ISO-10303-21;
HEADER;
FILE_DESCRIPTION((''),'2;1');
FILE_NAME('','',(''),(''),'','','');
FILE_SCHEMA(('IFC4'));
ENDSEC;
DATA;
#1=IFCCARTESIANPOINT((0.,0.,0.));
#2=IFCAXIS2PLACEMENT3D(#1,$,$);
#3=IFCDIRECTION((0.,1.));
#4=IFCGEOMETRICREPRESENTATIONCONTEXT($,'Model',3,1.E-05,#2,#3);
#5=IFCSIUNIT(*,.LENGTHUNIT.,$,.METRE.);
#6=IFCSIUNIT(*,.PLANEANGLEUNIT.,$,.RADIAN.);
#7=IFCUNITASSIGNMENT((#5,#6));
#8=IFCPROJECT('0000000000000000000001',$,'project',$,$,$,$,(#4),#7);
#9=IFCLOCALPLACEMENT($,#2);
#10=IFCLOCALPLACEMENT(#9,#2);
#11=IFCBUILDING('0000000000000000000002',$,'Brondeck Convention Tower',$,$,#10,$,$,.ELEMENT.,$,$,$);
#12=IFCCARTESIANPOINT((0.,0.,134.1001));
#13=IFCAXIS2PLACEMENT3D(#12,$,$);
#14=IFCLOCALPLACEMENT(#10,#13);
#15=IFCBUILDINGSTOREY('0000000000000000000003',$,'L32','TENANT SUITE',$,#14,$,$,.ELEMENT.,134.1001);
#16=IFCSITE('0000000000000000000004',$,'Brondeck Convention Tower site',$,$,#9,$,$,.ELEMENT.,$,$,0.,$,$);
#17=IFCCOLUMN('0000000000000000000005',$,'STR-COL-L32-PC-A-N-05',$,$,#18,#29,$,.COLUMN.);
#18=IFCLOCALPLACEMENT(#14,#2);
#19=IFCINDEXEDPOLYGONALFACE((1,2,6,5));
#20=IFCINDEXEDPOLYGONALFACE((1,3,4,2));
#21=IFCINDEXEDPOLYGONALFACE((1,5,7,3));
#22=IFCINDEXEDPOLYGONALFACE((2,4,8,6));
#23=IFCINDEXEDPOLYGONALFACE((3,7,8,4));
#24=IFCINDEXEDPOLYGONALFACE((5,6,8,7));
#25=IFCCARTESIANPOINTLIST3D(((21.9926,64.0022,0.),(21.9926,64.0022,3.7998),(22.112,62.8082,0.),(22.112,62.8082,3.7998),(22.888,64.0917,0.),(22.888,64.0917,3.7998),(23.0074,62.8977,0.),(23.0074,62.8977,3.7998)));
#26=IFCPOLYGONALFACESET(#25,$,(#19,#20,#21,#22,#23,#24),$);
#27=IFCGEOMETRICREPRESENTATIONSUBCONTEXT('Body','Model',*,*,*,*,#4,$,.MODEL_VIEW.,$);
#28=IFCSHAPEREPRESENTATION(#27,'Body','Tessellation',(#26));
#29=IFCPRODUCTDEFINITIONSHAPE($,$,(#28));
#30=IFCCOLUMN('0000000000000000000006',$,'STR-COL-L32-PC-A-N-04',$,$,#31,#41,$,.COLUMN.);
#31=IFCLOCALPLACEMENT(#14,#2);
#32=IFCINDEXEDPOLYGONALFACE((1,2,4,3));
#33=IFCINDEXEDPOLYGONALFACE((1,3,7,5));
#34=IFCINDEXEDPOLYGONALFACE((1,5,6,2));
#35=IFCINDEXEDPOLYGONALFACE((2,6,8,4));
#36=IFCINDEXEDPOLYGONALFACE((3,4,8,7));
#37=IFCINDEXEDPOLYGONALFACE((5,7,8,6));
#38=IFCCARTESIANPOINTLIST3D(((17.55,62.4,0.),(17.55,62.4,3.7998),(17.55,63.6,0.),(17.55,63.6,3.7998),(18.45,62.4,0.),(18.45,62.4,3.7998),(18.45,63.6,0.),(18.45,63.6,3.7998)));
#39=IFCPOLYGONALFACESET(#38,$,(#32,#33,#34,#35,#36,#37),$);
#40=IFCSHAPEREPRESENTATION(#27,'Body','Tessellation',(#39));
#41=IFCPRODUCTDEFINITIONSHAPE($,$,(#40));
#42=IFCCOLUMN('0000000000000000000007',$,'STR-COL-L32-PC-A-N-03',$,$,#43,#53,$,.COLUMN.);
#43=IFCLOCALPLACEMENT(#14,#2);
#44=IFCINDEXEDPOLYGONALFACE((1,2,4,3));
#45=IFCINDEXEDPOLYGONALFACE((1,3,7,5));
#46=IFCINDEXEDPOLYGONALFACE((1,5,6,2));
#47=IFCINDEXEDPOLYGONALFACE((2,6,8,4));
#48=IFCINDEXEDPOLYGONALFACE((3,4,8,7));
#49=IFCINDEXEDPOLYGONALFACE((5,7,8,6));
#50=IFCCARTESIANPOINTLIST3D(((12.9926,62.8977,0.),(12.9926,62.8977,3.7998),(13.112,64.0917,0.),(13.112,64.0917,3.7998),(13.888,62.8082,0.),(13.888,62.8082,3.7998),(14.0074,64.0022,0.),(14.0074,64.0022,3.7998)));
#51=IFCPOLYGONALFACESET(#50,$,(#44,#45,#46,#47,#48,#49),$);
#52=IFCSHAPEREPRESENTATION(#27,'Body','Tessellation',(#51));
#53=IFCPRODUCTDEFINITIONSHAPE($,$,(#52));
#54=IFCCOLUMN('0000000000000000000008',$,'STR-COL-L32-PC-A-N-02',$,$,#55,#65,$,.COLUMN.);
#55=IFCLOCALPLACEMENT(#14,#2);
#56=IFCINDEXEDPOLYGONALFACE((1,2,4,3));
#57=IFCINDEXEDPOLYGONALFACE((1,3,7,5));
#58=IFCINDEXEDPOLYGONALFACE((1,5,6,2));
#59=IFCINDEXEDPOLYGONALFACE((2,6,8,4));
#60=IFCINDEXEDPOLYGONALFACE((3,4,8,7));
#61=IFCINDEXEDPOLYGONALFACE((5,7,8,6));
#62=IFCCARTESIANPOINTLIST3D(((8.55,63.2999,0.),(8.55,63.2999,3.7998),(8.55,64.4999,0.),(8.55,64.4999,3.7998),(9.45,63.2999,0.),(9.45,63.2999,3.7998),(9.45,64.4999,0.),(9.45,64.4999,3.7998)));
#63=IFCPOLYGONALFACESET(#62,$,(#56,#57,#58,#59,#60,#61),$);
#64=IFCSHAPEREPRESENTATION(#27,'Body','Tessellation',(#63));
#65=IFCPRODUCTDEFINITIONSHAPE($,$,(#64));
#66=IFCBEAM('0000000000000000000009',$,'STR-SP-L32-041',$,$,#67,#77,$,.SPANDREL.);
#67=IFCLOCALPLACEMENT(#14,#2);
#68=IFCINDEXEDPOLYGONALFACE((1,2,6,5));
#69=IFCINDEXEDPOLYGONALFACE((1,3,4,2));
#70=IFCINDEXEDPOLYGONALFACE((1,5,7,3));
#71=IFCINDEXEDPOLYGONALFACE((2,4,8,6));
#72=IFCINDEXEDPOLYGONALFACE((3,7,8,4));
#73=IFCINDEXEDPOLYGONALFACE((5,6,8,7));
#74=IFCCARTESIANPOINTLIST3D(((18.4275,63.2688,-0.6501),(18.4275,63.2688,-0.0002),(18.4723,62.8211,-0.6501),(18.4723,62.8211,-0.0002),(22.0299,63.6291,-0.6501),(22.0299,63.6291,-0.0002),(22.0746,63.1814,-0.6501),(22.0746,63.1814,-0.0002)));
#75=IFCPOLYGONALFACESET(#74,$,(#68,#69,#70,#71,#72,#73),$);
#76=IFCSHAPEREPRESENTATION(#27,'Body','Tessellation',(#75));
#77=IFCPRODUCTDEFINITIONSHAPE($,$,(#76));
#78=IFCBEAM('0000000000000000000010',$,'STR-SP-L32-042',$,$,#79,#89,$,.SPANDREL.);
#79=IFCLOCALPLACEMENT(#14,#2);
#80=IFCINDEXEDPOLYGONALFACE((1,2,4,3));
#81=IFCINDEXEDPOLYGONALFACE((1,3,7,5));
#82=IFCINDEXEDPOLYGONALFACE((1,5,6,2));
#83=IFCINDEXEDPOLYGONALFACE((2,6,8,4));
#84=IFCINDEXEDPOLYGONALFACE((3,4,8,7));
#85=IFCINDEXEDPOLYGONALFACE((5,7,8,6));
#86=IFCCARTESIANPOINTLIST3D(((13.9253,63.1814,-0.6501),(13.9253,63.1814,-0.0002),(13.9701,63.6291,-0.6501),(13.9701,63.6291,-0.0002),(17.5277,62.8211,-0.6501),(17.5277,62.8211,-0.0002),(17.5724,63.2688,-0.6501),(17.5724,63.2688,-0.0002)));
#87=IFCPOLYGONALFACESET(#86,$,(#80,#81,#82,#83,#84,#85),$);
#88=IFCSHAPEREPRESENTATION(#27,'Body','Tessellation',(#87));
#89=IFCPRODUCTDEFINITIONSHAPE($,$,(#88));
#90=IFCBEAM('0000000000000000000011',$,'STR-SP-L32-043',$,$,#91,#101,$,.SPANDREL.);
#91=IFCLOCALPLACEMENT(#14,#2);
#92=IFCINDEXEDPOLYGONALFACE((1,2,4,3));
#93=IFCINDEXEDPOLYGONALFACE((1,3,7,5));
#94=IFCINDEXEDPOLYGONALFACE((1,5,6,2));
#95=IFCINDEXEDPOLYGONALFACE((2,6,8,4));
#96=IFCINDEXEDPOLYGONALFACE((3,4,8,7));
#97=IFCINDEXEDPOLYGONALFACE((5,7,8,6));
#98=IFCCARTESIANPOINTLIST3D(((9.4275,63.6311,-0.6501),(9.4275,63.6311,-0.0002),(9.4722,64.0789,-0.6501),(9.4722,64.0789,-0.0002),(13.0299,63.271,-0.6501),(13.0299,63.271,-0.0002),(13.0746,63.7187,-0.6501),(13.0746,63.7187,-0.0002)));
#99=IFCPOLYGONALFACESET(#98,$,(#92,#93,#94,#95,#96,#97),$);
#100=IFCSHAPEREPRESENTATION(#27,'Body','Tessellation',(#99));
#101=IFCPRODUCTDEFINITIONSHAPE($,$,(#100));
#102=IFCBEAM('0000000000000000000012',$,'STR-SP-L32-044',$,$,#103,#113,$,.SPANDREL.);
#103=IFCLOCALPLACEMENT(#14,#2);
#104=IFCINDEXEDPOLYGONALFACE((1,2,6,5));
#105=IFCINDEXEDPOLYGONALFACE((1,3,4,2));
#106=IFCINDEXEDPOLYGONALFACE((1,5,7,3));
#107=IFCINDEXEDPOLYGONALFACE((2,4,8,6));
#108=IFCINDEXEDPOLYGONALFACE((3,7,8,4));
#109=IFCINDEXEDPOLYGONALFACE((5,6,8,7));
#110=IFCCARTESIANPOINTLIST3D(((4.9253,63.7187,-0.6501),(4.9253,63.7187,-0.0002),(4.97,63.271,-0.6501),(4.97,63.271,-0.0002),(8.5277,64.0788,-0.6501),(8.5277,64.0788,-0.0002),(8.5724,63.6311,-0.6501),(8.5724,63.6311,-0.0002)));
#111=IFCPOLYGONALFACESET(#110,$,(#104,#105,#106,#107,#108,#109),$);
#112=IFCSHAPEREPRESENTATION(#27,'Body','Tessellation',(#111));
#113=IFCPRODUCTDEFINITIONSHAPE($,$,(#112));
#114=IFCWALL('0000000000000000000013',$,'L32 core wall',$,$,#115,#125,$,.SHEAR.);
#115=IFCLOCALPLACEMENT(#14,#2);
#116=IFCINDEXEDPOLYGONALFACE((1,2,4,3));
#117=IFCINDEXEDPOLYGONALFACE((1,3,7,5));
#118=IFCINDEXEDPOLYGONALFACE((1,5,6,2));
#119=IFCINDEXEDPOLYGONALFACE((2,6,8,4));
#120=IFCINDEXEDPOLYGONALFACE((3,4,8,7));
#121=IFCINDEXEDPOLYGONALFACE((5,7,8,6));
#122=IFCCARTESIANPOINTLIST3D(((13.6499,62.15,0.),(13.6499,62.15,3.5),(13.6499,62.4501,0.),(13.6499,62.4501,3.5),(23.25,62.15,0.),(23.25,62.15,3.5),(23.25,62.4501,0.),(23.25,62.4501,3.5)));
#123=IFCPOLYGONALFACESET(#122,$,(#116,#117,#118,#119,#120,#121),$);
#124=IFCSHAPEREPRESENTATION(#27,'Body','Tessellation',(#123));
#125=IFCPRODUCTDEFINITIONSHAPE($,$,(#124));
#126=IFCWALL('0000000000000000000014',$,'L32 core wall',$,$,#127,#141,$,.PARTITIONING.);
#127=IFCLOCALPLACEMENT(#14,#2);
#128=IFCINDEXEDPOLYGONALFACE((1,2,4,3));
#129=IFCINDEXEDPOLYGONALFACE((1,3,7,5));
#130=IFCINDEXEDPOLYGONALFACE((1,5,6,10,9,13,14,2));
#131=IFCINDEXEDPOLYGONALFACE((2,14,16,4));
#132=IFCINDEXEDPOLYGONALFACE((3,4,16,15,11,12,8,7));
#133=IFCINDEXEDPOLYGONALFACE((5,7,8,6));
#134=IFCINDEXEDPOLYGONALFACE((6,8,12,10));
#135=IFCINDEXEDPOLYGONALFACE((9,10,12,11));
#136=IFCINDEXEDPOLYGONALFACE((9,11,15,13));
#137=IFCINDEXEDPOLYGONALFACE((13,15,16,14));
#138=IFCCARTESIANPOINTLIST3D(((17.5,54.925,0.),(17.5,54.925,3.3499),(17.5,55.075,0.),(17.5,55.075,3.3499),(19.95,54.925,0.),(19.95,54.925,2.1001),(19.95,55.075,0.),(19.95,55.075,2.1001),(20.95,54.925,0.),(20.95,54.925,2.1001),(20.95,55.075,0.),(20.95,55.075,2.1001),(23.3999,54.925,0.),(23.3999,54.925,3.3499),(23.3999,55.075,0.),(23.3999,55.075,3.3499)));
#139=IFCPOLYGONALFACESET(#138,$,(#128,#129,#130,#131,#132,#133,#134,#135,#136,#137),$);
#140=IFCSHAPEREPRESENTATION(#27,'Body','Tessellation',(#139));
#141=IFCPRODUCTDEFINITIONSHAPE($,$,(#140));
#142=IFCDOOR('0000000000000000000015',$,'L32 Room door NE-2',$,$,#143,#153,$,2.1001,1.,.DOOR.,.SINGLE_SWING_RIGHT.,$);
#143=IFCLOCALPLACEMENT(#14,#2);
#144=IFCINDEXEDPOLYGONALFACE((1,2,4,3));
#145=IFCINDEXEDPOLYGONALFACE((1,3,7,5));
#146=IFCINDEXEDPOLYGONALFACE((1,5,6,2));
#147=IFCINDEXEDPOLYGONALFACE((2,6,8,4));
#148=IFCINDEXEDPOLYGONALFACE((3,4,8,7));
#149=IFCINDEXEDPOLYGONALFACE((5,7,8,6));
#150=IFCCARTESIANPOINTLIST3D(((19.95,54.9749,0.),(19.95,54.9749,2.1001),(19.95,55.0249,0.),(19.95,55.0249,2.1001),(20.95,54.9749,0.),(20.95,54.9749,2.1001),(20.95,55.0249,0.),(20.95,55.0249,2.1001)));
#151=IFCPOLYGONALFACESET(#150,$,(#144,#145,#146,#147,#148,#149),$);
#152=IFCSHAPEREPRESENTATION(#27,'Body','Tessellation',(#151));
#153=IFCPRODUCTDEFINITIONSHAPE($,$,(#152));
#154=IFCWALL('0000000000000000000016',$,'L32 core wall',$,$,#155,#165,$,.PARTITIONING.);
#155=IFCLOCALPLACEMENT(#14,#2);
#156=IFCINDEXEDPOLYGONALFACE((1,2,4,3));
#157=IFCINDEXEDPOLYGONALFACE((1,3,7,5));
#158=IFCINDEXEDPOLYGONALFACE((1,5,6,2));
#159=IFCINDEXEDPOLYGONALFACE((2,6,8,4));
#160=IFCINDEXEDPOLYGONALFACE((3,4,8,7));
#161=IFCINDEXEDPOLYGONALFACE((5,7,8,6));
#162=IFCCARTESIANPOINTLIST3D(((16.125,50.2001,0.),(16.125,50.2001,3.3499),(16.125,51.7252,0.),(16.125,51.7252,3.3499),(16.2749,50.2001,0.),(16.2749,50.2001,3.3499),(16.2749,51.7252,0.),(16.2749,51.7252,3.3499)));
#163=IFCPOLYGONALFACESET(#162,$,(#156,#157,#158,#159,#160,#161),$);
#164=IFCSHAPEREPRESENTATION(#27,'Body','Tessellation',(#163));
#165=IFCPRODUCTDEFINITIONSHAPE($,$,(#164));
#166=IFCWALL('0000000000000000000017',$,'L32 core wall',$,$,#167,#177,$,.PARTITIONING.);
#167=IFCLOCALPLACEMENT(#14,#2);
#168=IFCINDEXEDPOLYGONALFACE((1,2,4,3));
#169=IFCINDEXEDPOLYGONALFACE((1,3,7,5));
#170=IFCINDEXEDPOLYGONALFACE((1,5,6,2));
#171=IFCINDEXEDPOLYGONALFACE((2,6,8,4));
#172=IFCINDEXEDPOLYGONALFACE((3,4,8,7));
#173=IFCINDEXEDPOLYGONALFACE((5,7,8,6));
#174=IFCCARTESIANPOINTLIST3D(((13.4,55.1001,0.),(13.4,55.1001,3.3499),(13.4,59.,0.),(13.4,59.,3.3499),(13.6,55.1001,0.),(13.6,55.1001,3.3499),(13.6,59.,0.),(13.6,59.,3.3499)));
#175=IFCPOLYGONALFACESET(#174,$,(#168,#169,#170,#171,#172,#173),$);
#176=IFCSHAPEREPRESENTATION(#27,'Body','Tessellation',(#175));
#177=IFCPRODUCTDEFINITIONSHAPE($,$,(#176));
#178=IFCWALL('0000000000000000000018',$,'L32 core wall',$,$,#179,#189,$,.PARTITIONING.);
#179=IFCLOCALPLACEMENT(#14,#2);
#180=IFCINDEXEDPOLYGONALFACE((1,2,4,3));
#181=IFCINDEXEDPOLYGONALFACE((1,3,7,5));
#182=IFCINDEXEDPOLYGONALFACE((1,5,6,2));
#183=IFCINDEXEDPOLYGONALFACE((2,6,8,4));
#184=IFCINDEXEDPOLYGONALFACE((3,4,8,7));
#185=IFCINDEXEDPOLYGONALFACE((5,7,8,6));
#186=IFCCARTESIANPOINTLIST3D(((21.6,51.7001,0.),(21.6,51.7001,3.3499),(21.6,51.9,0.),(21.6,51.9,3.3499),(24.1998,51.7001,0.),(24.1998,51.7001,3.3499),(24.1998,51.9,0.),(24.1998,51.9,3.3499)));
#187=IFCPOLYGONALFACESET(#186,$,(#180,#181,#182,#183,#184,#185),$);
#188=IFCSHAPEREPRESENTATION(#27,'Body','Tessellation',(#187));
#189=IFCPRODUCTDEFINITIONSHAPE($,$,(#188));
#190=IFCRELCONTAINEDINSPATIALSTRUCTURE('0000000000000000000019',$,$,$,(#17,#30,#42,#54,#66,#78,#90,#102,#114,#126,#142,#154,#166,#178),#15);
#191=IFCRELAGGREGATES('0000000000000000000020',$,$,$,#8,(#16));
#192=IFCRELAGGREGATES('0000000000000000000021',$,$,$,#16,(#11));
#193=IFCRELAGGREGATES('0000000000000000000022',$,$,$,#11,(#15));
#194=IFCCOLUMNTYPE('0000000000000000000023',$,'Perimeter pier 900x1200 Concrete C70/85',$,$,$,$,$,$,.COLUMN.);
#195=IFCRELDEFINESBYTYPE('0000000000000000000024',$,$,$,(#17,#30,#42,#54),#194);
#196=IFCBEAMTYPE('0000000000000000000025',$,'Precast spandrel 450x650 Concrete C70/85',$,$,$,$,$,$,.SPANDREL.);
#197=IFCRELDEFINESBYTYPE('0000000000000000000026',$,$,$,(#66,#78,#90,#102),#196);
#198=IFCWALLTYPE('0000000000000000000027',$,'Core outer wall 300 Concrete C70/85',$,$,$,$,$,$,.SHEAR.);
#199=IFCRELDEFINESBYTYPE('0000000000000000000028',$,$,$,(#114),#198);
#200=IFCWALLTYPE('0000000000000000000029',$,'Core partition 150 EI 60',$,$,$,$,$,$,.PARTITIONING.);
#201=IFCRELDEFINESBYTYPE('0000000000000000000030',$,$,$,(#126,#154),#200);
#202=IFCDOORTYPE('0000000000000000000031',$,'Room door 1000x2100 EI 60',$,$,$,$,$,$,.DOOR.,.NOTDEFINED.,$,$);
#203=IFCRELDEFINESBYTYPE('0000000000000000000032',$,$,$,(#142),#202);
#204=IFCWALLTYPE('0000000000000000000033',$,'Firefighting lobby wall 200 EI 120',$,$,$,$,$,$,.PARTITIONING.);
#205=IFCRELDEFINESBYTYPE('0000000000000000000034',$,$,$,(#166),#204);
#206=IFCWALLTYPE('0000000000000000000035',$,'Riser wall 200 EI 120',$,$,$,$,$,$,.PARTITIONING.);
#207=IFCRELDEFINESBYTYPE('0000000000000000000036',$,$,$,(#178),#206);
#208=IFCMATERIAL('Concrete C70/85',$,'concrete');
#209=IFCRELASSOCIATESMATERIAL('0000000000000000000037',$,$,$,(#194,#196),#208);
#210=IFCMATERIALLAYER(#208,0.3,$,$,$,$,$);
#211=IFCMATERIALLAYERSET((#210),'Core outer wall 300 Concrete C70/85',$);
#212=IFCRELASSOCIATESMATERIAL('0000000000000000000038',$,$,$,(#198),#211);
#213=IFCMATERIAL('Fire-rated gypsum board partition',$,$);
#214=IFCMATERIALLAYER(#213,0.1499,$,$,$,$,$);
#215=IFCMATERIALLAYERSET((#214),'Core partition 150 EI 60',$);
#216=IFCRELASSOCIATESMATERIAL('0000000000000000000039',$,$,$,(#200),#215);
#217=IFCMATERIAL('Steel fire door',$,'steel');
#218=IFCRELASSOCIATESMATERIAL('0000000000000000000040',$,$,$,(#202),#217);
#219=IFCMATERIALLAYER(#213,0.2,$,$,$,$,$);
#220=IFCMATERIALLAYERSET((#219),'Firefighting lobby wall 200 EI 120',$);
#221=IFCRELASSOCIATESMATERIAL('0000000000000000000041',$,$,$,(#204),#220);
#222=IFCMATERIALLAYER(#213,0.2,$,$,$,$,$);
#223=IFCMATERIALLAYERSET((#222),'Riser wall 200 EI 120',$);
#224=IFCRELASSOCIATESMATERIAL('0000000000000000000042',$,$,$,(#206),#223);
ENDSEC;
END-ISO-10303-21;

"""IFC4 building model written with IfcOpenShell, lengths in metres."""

from ifc_helpers import new_model, si_unit, direction, frame, frame_2d, origin, origin_2d, place, context, subcontext, project, spatial, rectangle, extrude, material, layer, layer_set, material_profile, profile_set, type_object, element, fill, save


model = new_model("IFC4")

# Units and contexts
model_context = context("Model", 3, precision=1e-05, world=origin(), true_north=direction((0.0, 1.0)))
body_context = subcontext(model_context, "Body", "Model", "MODEL_VIEW")
ifc_project = project(units=[si_unit("LENGTHUNIT", "METRE"), si_unit("PLANEANGLEUNIT", "RADIAN")], contexts=[model_context])

# Site, building, storey
site_placement = place(None, origin())
site = spatial("IfcSite", under=ifc_project, at=site_placement, Name="Brondeck Convention Tower site", CompositionType="ELEMENT", RefElevation=0.0)
building_placement = place(site_placement, origin())
building = spatial("IfcBuilding", under=site, at=building_placement, Name="Brondeck Convention Tower", CompositionType="ELEMENT")
storey_placement = place(building_placement, frame((0.0, 0.0, 134.1001)))
storey = spatial("IfcBuildingStorey", under=building, at=storey_placement, Name="L32", Description="TENANT SUITE", CompositionType="ELEMENT", Elevation=134.1001)

# Columns
ifc_material_1 = material(Name="Concrete C70/85", Category="concrete")
ifc_material_profile_1 = material_profile(ifc_material_1, rectangle(XDim=0.8999, YDim=1.2, at=origin_2d()), Name="Perimeter pier 900x1200 Concrete C70/85")
ifc_profile_set_1 = profile_set([ifc_material_profile_1], Name="Concrete C70/85")
column_type = type_object("IfcColumnType", Name="Perimeter pier 900x1200 Concrete C70/85", PredefinedType="COLUMN", material=ifc_profile_set_1)
for number, where, z_axis, x_axis, name in (
    (1, (22.5, 63.45, 0.0), (0.0, 0.0, 1.0), (-0.995037, -0.099504, 0.0), "STR-COL-L32-PC-A-N-05"),
    (2, (18.0, 63.0, 0.0), (0.0, 0.0, 1.0), (-1.0, 0.0, 0.0), "STR-COL-L32-PC-A-N-04"),
    (3, (13.5, 63.45, 0.0), (0.0, 0.0, 1.0), (-0.995037, 0.099504, 0.0), "STR-COL-L32-PC-A-N-03"),
    (4, (9.0, 63.8999, 0.0), (0.0, 0.0, 1.0), (-1.0, 0.0, 0.0), "STR-COL-L32-PC-A-N-02"),
):
    element("IfcColumn", number, at=place(storey_placement, frame(where, z_axis=z_axis, x_axis=x_axis)), inside=storey, type_object=column_type, Name=name, PredefinedType="COLUMN", context=body_context, shape_type="SweptSolid", body=[
        extrude(rectangle(XDim=0.8999, YDim=1.2, at=origin_2d()), origin(), (0.0, 0.0, 1.0), 3.7998),
    ])

# Beams
ifc_material_profile_2 = material_profile(ifc_material_1, rectangle(XDim=0.45, YDim=0.6499, at=origin_2d()), Name="Precast spandrel 450x650 Concrete C70/85")
ifc_profile_set_2 = profile_set([ifc_material_profile_2], Name="Concrete C70/85")
beam_type = type_object("IfcBeamType", Name="Precast spandrel 450x650 Concrete C70/85", PredefinedType="SPANDREL", material=ifc_profile_set_2)
for number, where, z_axis, x_axis, name in (
    (5, (22.0522, 63.4053, -0.3252), (-0.995034, -0.099537, 0.0), (0.099537, -0.995034, 0.0), "STR-SP-L32-041"),
    (6, (17.55, 63.0449, -0.3252), (-0.995034, 0.099537, 0.0), (-0.099537, -0.995034, 0.0), "STR-SP-L32-042"),
    (7, (13.0522, 63.4949, -0.3252), (-0.995041, 0.09947, 0.0), (-0.09947, -0.995041, 0.0), "STR-SP-L32-043"),
    (8, (8.55, 63.855, -0.3252), (-0.995041, -0.09947, 0.0), (0.09947, -0.995041, 0.0), "STR-SP-L32-044"),
):
    element("IfcBeam", number, at=place(storey_placement, frame(where, z_axis=z_axis, x_axis=x_axis)), inside=storey, type_object=beam_type, Name=name, PredefinedType="SPANDREL", context=body_context, shape_type="SweptSolid", body=[
        extrude(rectangle(XDim=0.45, YDim=0.6499, at=origin_2d()), origin(), (0.0, 0.0, 1.0), 3.6204),
    ])

# Wall
ifc_layer_1 = layer(ifc_material_1, 0.3)
ifc_layer_set_1 = layer_set([ifc_layer_1], Name="Core outer wall 300 Concrete C70/85")
wall_type_1 = type_object("IfcWallType", Name="Core outer wall 300 Concrete C70/85", PredefinedType="SHEAR", material=ifc_layer_set_1)
wall_1_placement = place(storey_placement, frame((13.6499, 62.3, 0.0), z_axis=(0.0, 0.0, 1.0), x_axis=(1.0, 0.0, 0.0)))
element("IfcWall", 9, at=wall_1_placement, inside=storey, type_object=wall_type_1, Name="L32 core wall", PredefinedType="SHEAR", context=body_context, shape_type="SweptSolid", body=[
    extrude(rectangle(XDim=9.6001, YDim=0.3, at=frame_2d((4.8, 0.0))), origin(), (0.0, 0.0, 1.0), 3.5),
])

# Wall, opening, door
ifc_material_2 = material(Name="Fire-rated gypsum board partition")
ifc_layer_2 = layer(ifc_material_2, 0.1499)
ifc_layer_set_2 = layer_set([ifc_layer_2], Name="Core partition 150 EI 60")
wall_type_2 = type_object("IfcWallType", Name="Core partition 150 EI 60", PredefinedType="PARTITIONING", material=ifc_layer_set_2)
wall_2_placement = place(storey_placement, frame((17.5, 55.0, 0.0), z_axis=(0.0, 0.0, 1.0), x_axis=(1.0, 0.0, 0.0)))
wall_2 = element("IfcWall", 10, at=wall_2_placement, inside=storey, type_object=wall_type_2, Name="L32 core wall", PredefinedType="PARTITIONING", context=body_context, shape_type="SweptSolid", body=[
    extrude(rectangle(XDim=5.8999, YDim=0.1499, at=frame_2d((2.95, 0.0))), origin(), (0.0, 0.0, 1.0), 3.3499),
])
opening_1_placement = place(wall_2_placement, frame((2.45, 0.0, 0.0)))
opening_1 = element("IfcOpeningElement", 11, at=opening_1_placement, cuts=wall_2, PredefinedType="OPENING", context=body_context, shape_type="SweptSolid", body=[
    extrude(rectangle(XDim=1.0, YDim=2.1001, at=frame_2d((0.5, 1.05))), frame((0.0, 0.085, 0.0), z_axis=(0.0, -1.0, 0.0), x_axis=(1.0, 0.0, 0.0)), (0.0, 0.0, 1.0), 0.1699),
])
ifc_material_3 = material(Name="Steel fire door", Category="steel")
door_type_1 = type_object("IfcDoorType", Name="Room door 1000x2100 EI 60", OperationType="NOTDEFINED", PredefinedType="DOOR", material=ifc_material_3)
door_1_placement = place(opening_1_placement, origin())
door_1 = element("IfcDoor", 12, at=door_1_placement, inside=storey, type_object=door_type_1, Name="L32 Room door NE-2", OperationType="SINGLE_SWING_RIGHT", OverallHeight=2.1001, OverallWidth=1.0, PredefinedType="DOOR", context=body_context, shape_type="SweptSolid", body=[
    extrude(rectangle(XDim=1.0, YDim=2.1001, at=frame_2d((0.5, 1.05))), frame((0.0, 0.0249, 0.0), z_axis=(0.0, -1.0, 0.0), x_axis=(1.0, 0.0, 0.0)), (0.0, 0.0, 1.0), 0.05),
])
fill(opening_1, door_1)

# Walls
wall_3_placement = place(storey_placement, frame((16.2, 50.2, 0.0), z_axis=(0.0, 0.0, 1.0), x_axis=(0.0, 1.0, 0.0)))
element("IfcWall", 13, at=wall_3_placement, inside=storey, type_object=wall_type_2, Name="L32 core wall", PredefinedType="PARTITIONING", context=body_context, shape_type="SweptSolid", body=[
    extrude(rectangle(XDim=1.5251, YDim=0.1499, at=frame_2d((0.7627, 0.0))), origin(), (0.0, 0.0, 1.0), 3.3499),
])
ifc_layer_3 = layer(ifc_material_2, 0.2)
ifc_layer_set_3 = layer_set([ifc_layer_3], Name="Firefighting lobby wall 200 EI 120")
wall_type_3 = type_object("IfcWallType", Name="Firefighting lobby wall 200 EI 120", PredefinedType="PARTITIONING", material=ifc_layer_set_3)
wall_4_placement = place(storey_placement, frame((13.5, 55.1001, 0.0), z_axis=(0.0, 0.0, 1.0), x_axis=(0.0, 1.0, 0.0)))
element("IfcWall", 14, at=wall_4_placement, inside=storey, type_object=wall_type_3, Name="L32 core wall", PredefinedType="PARTITIONING", context=body_context, shape_type="SweptSolid", body=[
    extrude(rectangle(XDim=3.8999, YDim=0.2, at=frame_2d((1.95, 0.0))), origin(), (0.0, 0.0, 1.0), 3.3499),
])
ifc_layer_4 = layer(ifc_material_2, 0.2)
ifc_layer_set_4 = layer_set([ifc_layer_4], Name="Riser wall 200 EI 120")
wall_type_4 = type_object("IfcWallType", Name="Riser wall 200 EI 120", PredefinedType="PARTITIONING", material=ifc_layer_set_4)
wall_5_placement = place(storey_placement, frame((21.6001, 51.8, 0.0), z_axis=(0.0, 0.0, 1.0), x_axis=(1.0, 0.0, 0.0)))
element("IfcWall", 15, at=wall_5_placement, inside=storey, type_object=wall_type_4, Name="L32 core wall", PredefinedType="PARTITIONING", context=body_context, shape_type="SweptSolid", body=[
    extrude(rectangle(XDim=2.5999, YDim=0.2, at=frame_2d((1.2998, 0.0))), origin(), (0.0, 0.0, 1.0), 3.3499),
])

save(model, "model.ifc")
